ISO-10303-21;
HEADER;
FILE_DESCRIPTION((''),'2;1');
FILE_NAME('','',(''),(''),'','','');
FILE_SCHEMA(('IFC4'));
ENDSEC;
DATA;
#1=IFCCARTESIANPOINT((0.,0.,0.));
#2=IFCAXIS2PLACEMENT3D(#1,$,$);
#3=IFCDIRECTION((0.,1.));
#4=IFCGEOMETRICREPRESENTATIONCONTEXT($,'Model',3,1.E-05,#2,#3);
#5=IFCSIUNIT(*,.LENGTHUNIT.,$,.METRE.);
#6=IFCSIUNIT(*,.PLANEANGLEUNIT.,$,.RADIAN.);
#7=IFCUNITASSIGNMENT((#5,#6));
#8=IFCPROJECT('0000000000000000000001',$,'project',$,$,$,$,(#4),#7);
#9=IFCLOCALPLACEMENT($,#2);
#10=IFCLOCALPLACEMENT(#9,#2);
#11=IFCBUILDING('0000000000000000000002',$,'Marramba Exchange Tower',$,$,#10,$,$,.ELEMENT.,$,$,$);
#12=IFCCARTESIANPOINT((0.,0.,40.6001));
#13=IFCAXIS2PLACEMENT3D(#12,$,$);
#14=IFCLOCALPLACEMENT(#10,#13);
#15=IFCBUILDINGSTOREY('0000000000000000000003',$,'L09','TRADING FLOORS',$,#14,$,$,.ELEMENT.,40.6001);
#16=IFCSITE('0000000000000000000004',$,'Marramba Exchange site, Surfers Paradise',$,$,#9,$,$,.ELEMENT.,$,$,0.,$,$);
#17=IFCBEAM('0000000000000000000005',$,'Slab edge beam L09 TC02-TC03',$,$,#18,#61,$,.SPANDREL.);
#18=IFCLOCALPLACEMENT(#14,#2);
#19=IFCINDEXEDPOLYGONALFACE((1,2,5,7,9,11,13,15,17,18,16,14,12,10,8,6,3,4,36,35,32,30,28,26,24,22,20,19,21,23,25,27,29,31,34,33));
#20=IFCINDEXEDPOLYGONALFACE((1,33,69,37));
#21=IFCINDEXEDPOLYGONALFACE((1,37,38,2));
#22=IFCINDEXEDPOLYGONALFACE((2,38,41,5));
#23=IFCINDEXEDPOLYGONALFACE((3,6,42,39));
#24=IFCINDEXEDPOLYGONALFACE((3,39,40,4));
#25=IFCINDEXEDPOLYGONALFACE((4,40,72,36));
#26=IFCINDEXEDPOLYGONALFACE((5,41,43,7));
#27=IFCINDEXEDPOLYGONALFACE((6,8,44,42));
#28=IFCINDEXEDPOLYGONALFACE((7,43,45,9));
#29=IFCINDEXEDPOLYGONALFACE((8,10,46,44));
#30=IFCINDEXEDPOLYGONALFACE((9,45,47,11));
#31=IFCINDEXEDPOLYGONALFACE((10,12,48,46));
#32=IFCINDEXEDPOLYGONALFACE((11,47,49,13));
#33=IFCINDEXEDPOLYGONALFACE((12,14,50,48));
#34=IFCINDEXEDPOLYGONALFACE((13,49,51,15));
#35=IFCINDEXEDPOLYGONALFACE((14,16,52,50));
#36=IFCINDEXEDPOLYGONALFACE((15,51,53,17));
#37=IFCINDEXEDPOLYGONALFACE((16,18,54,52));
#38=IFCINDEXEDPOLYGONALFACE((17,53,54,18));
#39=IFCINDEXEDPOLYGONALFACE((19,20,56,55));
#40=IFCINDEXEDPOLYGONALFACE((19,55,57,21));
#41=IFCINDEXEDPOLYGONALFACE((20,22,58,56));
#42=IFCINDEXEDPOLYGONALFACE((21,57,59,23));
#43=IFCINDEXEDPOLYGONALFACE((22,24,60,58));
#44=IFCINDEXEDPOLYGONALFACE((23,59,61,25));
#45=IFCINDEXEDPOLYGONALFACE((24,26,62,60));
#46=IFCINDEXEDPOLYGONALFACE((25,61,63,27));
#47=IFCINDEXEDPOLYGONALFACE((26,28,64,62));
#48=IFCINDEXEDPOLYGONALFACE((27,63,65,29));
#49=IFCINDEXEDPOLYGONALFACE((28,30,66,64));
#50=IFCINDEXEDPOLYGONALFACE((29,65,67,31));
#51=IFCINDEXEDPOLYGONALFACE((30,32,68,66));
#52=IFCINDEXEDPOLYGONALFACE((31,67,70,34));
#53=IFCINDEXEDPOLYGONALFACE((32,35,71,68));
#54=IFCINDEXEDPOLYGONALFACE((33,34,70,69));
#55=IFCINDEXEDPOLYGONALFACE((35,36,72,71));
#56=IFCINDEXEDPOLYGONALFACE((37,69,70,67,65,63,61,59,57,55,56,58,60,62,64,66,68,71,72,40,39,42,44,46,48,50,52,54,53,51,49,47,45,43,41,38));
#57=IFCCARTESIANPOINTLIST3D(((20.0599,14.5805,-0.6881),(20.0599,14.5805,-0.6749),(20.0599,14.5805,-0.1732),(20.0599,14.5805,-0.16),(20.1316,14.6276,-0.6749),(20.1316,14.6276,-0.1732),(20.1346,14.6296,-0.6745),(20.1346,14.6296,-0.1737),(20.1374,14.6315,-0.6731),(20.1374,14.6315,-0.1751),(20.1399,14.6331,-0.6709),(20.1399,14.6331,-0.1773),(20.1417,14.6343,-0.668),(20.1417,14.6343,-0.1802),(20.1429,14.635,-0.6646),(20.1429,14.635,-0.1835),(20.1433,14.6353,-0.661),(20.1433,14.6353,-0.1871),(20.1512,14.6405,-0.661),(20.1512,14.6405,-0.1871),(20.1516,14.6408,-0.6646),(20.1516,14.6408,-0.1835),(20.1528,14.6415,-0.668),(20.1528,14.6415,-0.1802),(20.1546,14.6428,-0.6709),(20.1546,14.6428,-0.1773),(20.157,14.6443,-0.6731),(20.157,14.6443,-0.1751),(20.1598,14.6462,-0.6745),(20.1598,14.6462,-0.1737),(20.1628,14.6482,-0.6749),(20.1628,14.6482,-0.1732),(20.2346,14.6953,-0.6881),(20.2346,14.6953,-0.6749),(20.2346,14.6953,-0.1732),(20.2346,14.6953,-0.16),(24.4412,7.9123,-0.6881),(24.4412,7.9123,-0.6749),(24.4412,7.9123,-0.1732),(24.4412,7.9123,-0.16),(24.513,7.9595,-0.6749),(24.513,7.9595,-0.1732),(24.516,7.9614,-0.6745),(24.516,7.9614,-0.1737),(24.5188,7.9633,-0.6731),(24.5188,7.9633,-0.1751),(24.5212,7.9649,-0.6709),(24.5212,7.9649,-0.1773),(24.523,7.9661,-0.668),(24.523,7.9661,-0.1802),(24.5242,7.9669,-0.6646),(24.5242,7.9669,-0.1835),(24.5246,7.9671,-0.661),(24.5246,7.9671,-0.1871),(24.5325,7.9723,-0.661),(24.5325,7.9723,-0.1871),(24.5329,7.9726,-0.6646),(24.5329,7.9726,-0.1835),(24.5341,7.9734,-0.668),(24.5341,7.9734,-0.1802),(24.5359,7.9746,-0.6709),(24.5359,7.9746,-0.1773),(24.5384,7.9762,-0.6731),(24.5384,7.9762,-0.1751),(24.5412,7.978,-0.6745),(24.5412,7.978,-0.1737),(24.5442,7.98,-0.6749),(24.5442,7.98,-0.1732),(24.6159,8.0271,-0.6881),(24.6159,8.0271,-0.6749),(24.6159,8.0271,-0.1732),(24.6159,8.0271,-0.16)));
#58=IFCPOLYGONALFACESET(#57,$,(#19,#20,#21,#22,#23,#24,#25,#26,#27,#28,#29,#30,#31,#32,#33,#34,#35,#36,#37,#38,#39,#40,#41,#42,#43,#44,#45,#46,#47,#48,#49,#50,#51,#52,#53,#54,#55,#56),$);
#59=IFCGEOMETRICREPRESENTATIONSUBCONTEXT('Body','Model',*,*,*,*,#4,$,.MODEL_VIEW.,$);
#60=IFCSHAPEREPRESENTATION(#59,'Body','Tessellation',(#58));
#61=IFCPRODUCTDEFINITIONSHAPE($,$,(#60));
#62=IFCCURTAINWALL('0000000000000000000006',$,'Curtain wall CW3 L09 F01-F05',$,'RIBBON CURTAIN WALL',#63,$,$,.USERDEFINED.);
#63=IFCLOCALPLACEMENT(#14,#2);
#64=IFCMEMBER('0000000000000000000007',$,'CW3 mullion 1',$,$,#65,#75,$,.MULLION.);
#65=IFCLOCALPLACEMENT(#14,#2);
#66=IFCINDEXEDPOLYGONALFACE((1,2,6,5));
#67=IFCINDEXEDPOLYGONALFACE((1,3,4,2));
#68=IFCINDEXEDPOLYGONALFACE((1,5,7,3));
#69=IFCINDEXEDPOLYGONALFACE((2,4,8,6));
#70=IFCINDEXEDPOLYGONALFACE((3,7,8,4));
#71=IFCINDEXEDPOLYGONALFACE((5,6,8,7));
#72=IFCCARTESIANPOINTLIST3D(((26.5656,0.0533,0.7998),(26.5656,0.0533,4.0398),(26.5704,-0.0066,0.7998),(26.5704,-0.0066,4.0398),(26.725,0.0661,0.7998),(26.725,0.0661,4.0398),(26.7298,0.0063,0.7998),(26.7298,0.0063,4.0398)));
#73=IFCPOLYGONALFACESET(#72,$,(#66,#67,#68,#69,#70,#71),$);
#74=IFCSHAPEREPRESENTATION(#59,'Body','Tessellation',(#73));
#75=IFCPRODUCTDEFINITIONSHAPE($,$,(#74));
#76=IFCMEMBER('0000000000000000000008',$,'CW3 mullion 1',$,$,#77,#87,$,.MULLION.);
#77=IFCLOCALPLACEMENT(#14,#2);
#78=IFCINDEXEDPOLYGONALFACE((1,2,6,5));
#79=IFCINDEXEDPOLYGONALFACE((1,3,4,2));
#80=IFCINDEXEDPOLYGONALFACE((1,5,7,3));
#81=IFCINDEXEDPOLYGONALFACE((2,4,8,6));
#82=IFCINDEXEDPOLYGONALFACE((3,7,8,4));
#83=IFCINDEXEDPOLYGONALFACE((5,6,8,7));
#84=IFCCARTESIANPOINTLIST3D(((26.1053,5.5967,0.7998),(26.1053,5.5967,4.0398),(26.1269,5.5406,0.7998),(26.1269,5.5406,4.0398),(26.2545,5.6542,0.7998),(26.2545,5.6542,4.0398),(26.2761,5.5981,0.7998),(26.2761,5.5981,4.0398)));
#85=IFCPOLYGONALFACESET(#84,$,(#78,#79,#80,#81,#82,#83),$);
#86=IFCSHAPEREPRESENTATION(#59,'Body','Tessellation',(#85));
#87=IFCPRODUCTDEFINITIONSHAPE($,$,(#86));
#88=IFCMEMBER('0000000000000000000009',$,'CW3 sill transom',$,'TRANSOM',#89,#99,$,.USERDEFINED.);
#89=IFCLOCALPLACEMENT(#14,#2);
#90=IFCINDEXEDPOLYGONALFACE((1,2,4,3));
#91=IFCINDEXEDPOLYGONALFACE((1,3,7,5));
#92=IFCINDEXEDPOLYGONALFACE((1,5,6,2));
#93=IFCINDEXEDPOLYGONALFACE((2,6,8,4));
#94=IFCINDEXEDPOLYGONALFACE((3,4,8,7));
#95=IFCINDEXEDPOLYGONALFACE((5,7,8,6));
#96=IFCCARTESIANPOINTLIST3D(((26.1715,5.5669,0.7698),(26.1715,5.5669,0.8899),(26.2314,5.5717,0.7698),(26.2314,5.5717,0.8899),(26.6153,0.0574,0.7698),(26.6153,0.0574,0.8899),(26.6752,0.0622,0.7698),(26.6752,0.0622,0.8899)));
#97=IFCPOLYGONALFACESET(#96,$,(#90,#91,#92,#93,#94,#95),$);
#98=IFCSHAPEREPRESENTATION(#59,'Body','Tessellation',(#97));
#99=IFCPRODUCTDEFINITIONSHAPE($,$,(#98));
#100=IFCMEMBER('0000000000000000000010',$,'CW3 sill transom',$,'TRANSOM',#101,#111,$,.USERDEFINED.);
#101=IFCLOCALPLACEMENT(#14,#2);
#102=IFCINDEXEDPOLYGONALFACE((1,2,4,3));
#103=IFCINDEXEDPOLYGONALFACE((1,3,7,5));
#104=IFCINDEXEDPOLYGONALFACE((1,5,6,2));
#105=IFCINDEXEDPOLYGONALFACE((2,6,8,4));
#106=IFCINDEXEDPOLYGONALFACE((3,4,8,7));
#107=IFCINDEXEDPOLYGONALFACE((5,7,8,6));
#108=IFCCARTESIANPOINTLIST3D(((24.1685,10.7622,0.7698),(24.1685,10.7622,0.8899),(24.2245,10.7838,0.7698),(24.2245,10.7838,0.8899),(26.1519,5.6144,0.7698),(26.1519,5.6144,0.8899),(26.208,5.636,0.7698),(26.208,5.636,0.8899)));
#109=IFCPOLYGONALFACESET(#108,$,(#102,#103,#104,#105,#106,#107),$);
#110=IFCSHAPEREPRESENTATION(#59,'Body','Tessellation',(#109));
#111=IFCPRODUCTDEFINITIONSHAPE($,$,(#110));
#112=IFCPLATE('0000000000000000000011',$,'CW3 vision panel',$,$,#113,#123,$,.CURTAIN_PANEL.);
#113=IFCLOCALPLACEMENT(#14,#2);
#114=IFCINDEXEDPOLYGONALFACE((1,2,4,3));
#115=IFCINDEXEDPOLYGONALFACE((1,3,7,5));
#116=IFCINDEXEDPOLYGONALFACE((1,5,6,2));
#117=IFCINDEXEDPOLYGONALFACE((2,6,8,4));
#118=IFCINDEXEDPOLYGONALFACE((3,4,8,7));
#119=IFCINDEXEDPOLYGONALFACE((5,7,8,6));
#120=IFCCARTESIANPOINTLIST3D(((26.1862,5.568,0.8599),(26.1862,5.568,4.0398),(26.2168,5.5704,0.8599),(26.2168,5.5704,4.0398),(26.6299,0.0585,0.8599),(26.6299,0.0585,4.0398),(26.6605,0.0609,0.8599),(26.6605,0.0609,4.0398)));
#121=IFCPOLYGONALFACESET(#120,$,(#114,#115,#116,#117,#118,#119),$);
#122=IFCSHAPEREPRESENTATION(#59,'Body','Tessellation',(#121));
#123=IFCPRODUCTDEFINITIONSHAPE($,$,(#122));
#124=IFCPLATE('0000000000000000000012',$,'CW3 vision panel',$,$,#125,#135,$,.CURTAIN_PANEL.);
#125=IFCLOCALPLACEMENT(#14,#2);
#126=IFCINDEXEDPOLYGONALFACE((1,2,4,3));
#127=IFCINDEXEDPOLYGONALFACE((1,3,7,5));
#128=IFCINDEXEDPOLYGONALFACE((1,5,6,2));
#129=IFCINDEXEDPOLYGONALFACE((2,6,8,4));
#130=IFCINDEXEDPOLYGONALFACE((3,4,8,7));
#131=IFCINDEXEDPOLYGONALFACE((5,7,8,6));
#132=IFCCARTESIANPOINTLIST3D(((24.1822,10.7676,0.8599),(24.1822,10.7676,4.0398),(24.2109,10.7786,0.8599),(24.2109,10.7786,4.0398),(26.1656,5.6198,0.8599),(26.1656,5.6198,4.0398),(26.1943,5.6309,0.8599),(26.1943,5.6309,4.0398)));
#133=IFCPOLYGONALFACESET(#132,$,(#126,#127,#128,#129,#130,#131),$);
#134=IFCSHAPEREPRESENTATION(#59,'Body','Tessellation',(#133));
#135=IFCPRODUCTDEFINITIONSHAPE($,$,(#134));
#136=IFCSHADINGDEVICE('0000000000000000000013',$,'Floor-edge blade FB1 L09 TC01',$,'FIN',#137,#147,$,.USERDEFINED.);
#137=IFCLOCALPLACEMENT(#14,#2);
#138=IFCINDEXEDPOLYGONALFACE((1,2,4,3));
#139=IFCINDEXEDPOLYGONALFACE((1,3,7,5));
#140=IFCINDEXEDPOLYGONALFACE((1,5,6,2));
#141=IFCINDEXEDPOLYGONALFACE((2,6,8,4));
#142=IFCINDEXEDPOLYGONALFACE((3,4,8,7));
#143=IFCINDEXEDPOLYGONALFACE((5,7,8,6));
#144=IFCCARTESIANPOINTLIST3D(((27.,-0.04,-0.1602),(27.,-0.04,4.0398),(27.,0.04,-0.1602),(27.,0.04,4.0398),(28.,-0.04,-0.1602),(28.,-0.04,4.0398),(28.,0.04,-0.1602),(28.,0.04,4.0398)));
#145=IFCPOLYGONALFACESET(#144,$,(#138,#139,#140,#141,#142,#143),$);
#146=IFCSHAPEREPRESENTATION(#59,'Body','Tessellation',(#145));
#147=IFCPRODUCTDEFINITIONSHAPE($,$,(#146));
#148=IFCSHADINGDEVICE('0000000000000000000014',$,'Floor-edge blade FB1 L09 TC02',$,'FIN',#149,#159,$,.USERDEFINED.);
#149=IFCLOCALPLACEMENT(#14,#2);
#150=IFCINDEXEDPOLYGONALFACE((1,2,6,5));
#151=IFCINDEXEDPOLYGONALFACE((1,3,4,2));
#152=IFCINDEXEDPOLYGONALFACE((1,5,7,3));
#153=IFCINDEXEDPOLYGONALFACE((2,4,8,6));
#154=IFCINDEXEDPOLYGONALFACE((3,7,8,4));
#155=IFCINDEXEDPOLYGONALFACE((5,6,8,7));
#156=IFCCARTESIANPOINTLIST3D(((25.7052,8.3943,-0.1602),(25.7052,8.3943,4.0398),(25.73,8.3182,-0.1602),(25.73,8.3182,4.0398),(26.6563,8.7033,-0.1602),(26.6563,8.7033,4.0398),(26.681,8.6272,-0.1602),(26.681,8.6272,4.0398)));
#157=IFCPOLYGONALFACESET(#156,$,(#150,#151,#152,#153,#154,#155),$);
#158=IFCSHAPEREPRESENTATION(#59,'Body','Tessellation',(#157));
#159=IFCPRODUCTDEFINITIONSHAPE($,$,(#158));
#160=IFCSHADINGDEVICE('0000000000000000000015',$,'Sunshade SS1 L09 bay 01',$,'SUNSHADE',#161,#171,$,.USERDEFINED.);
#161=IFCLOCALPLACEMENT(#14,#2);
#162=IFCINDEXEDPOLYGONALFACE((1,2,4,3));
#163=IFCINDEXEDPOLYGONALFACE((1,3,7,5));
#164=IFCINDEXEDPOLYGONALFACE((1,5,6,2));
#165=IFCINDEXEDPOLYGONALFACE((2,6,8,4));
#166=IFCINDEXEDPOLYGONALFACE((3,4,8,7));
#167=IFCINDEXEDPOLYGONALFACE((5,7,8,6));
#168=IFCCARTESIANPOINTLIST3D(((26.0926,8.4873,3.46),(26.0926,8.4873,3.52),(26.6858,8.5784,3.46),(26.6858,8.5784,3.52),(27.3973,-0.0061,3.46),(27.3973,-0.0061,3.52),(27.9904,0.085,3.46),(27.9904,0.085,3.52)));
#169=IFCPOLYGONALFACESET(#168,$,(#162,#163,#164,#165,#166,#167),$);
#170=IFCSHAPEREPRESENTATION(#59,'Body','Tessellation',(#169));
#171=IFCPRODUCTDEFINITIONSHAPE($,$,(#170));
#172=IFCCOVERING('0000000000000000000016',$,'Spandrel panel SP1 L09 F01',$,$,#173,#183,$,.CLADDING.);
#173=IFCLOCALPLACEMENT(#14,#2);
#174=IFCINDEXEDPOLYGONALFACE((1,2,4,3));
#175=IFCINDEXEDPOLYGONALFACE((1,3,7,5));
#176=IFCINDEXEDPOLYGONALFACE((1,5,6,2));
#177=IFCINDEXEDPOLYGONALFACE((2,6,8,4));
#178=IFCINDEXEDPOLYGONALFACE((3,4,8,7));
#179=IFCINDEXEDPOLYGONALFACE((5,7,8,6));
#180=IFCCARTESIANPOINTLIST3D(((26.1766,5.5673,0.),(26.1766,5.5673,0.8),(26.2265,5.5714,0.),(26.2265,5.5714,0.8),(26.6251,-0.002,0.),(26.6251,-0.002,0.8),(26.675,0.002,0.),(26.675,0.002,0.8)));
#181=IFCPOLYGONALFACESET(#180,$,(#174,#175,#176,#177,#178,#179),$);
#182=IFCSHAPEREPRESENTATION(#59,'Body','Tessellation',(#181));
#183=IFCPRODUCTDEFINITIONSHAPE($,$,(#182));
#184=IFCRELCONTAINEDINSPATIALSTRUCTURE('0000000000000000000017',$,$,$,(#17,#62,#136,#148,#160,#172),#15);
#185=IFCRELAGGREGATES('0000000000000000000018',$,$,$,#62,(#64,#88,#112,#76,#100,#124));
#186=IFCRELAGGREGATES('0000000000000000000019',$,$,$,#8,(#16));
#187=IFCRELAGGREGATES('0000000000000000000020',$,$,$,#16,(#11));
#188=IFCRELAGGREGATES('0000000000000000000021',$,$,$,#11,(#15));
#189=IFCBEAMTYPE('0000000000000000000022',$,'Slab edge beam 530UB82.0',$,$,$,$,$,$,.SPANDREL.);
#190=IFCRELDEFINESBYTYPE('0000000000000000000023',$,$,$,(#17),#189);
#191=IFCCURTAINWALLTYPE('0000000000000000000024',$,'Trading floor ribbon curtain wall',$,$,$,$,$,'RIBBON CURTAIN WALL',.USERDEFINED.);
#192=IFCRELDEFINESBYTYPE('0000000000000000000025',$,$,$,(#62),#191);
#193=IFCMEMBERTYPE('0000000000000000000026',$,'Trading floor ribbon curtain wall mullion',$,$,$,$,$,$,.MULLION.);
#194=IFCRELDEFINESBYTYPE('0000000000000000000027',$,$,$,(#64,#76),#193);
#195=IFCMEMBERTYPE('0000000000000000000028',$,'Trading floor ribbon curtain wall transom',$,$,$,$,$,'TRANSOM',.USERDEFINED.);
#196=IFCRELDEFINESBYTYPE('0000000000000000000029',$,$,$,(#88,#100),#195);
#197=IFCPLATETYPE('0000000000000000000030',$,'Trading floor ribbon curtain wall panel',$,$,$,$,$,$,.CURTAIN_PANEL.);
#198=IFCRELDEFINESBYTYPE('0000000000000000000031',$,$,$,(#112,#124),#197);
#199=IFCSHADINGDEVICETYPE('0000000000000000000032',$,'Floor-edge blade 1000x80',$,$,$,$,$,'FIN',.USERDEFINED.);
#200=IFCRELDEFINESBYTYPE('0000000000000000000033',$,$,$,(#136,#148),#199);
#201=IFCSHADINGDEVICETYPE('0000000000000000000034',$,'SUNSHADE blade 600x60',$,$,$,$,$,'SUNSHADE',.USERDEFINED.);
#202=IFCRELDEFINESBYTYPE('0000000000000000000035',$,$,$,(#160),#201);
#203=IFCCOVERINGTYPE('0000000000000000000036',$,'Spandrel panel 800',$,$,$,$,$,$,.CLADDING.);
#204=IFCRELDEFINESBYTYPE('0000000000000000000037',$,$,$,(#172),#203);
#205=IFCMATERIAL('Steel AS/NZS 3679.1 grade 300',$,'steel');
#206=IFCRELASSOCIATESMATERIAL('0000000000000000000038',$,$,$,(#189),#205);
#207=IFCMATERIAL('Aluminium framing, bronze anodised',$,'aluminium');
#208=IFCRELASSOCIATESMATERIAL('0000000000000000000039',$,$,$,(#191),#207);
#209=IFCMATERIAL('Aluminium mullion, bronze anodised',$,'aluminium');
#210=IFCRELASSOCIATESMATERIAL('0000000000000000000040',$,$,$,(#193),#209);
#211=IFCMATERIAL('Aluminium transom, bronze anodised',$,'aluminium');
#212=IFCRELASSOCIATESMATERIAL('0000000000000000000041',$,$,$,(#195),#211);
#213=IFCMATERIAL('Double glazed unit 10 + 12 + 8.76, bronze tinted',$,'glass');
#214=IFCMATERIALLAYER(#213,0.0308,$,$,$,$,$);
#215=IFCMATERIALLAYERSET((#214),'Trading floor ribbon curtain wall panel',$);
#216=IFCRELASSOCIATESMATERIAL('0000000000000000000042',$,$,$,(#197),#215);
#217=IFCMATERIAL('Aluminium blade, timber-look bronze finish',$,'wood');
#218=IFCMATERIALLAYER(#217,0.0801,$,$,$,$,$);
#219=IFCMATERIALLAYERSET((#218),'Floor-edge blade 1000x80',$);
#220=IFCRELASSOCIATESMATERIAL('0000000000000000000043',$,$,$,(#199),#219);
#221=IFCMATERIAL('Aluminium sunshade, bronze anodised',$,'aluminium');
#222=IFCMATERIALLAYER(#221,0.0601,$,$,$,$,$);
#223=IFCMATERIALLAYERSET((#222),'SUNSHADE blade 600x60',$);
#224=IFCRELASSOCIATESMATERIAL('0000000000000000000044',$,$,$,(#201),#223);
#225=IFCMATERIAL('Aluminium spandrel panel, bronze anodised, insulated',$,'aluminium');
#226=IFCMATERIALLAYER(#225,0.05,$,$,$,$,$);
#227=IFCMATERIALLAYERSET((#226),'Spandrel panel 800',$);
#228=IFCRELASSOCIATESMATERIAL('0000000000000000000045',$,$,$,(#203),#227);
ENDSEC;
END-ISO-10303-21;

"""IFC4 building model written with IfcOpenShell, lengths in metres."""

from ifc_helpers import new_model, si_unit, direction, frame, origin, origin_2d, place, context, subcontext, project, spatial, rectangle, i_section, extrude, material, layer, layer_set, material_profile, profile_set, type_object, element, aggregate, save


model = new_model("IFC4")

# Units and contexts
model_context = context("Model", 3, precision=1e-05, world=origin(), true_north=direction((0.0, 1.0)))
body_context = subcontext(model_context, "Body", "Model", "MODEL_VIEW")
ifc_project = project(units=[si_unit("LENGTHUNIT", "METRE"), si_unit("PLANEANGLEUNIT", "RADIAN")], contexts=[model_context])

# Site, building, storey
site_placement = place(None, origin())
site = spatial("IfcSite", under=ifc_project, at=site_placement, Name="Marramba Exchange site, Surfers Paradise", CompositionType="ELEMENT", RefElevation=0.0)
building_placement = place(site_placement, origin())
building = spatial("IfcBuilding", under=site, at=building_placement, Name="Marramba Exchange Tower", CompositionType="ELEMENT")
storey_placement = place(building_placement, frame((0.0, 0.0, 40.6001)))
storey = spatial("IfcBuildingStorey", under=building, at=storey_placement, Name="L09", Description="TRADING FLOORS", CompositionType="ELEMENT", Elevation=40.6001)

# Beam
ifc_material_1 = material(Name="Steel AS/NZS 3679.1 grade 300", Category="steel")
ifc_material_profile_1 = material_profile(ifc_material_1, i_section(OverallWidth=0.209, OverallDepth=0.5281, WebThickness=0.0095, FlangeThickness=0.0132, FilletRadius=0.0139, at=origin_2d()), Name="530UB82.0")
ifc_profile_set_1 = profile_set([ifc_material_profile_1], Name="Steel AS/NZS 3679.1 grade 300")
beam_type_1 = type_object("IfcBeamType", Name="Slab edge beam 530UB82.0", PredefinedType="SPANDREL", material=ifc_profile_set_1)
beam_1_placement = place(storey_placement, frame((24.5286, 7.9697, -0.4241), z_axis=(-0.549124, 0.835741, 0.0), x_axis=(-0.835741, -0.549124, 0.0)))
element("IfcBeam", 1, at=beam_1_placement, inside=storey, type_object=beam_type_1, Name="Slab edge beam L09 TC02-TC03", PredefinedType="SPANDREL", context=body_context, shape_type="SweptSolid", body=[
    extrude(i_section(OverallWidth=0.209, OverallDepth=0.5281, WebThickness=0.0095, FlangeThickness=0.0132, FilletRadius=0.0139, at=origin_2d()), origin(), (0.0, 0.0, 1.0), 7.9788),
])

# Curtain wall, members, plates
ifc_material_2 = material(Name="Aluminium framing, bronze anodised", Category="aluminium")
curtain_wall_type = type_object("IfcCurtainWallType", Name="Trading floor ribbon curtain wall", ElementType="RIBBON CURTAIN WALL", PredefinedType="USERDEFINED", material=ifc_material_2)
curtain_wall_placement = place(storey_placement, origin())
curtain_wall = element("IfcCurtainWall", 2, at=curtain_wall_placement, inside=storey, type_object=curtain_wall_type, Name="Curtain wall CW3 L09 F01-F05", ObjectType="RIBBON CURTAIN WALL", PredefinedType="USERDEFINED")
ifc_material_3 = material(Name="Aluminium mullion, bronze anodised", Category="aluminium")
ifc_material_profile_2 = material_profile(ifc_material_3, rectangle(XDim=0.1599, YDim=0.0601, at=origin_2d()), Name="CW3 mullion 60x160")
ifc_profile_set_2 = profile_set([ifc_material_profile_2], Name="Aluminium mullion, bronze anodised")
member_type_1 = type_object("IfcMemberType", Name="Trading floor ribbon curtain wall mullion", PredefinedType="MULLION", material=ifc_profile_set_2)
member_1_placement = place(storey_placement, frame((26.6477, 0.0298, 0.7998), z_axis=(0.0, 0.0, 1.0), x_axis=(-0.996773, -0.080275, 0.0)))
member_1 = element("IfcMember", 3, at=member_1_placement, type_object=member_type_1, Name="CW3 mullion 1", PredefinedType="MULLION", context=body_context, shape_type="SweptSolid", body=[
    extrude(rectangle(XDim=0.1599, YDim=0.0601, at=origin_2d()), origin(), (0.0, 0.0, 1.0), 3.24),
])
member_2_placement = place(storey_placement, frame((26.1907, 5.5974, 0.7998), z_axis=(0.0, 0.0, 1.0), x_axis=(-0.933135, -0.359526, 0.0)))
member_2 = element("IfcMember", 4, at=member_2_placement, type_object=member_type_1, Name="CW3 mullion 1", PredefinedType="MULLION", context=body_context, shape_type="SweptSolid", body=[
    extrude(rectangle(XDim=0.1599, YDim=0.0601, at=origin_2d()), origin(), (0.0, 0.0, 1.0), 3.24),
])
ifc_material_4 = material(Name="Aluminium transom, bronze anodised", Category="aluminium")
ifc_material_profile_3 = material_profile(ifc_material_4, rectangle(XDim=0.0601, YDim=0.1201, at=origin_2d()), Name="CW3 transom 60x120")
ifc_profile_set_3 = profile_set([ifc_material_profile_3], Name="Aluminium transom, bronze anodised")
member_type_2 = type_object("IfcMemberType", Name="Trading floor ribbon curtain wall transom", ElementType="TRANSOM", PredefinedType="USERDEFINED", material=ifc_profile_set_3)
member_3_placement = place(storey_placement, frame((26.6453, 0.0598, 0.8298), z_axis=(-0.0803, 0.996771, 0.0), x_axis=(-0.996771, -0.0803, 0.0)))
member_3 = element("IfcMember", 5, at=member_3_placement, type_object=member_type_2, Name="CW3 sill transom", ObjectType="TRANSOM", PredefinedType="USERDEFINED", context=body_context, shape_type="SweptSolid", body=[
    extrude(rectangle(XDim=0.0601, YDim=0.1201, at=origin_2d()), origin(), (0.0, 0.0, 1.0), 5.5273),
])
member_4_placement = place(storey_placement, frame((26.1799, 5.6252, 0.8298), z_axis=(-0.359534, 0.933132, 0.0), x_axis=(-0.933132, -0.359534, 0.0)))
member_4 = element("IfcMember", 6, at=member_4_placement, type_object=member_type_2, Name="CW3 sill transom", ObjectType="TRANSOM", PredefinedType="USERDEFINED", context=body_context, shape_type="SweptSolid", body=[
    extrude(rectangle(XDim=0.0601, YDim=0.1201, at=origin_2d()), origin(), (0.0, 0.0, 1.0), 5.5166),
])
ifc_material_5 = material(Name="Double glazed unit 10 + 12 + 8.76, bronze tinted", Category="glass")
ifc_layer_1 = layer(ifc_material_5, 0.0308)
ifc_layer_set_1 = layer_set([ifc_layer_1], Name="Trading floor ribbon curtain wall panel")
plate_type = type_object("IfcPlateType", Name="Trading floor ribbon curtain wall panel", PredefinedType="CURTAIN_PANEL", material=ifc_layer_set_1)
plate_1_placement = place(storey_placement, frame((26.4233, 2.8145, 0.8599), z_axis=(0.0, 0.0, 1.0), x_axis=(-0.080275, 0.996773, 0.0)))
plate_1 = element("IfcPlate", 7, at=plate_1_placement, type_object=plate_type, Name="CW3 vision panel", PredefinedType="CURTAIN_PANEL", context=body_context, shape_type="SweptSolid", body=[
    extrude(rectangle(XDim=5.5273, YDim=0.0308, at=origin_2d()), origin(), (0.0, 0.0, 1.0), 3.1799),
])
plate_2_placement = place(storey_placement, frame((25.1882, 8.1992, 0.8599), z_axis=(0.0, 0.0, 1.0), x_axis=(-0.359526, 0.933135, 0.0)))
plate_2 = element("IfcPlate", 8, at=plate_2_placement, type_object=plate_type, Name="CW3 vision panel", PredefinedType="CURTAIN_PANEL", context=body_context, shape_type="SweptSolid", body=[
    extrude(rectangle(XDim=5.5166, YDim=0.0308, at=origin_2d()), origin(), (0.0, 0.0, 1.0), 3.1799),
])
aggregate(curtain_wall, [member_1, member_3, plate_1, member_2, member_4, plate_2])

# Shading devices
ifc_material_6 = material(Name="Aluminium blade, timber-look bronze finish", Category="wood")
ifc_layer_2 = layer(ifc_material_6, 0.0801)
ifc_layer_set_2 = layer_set([ifc_layer_2], Name="Floor-edge blade 1000x80")
shading_device_type_1 = type_object("IfcShadingDeviceType", Name="Floor-edge blade 1000x80", ElementType="FIN", PredefinedType="USERDEFINED", material=ifc_layer_set_2)
for number, where, z_axis, x_axis, name in (
    (9, (27.5, 0.0, -0.1602), (0.0, 0.0, 1.0), (1.0, 0.0, 0.0), "Floor-edge blade FB1 L09 TC01"),
    (10, (26.1931, 8.5107, -0.1602), (0.0, 0.0, 1.0), (0.951057, 0.309017, 0.0), "Floor-edge blade FB1 L09 TC02"),
):
    element("IfcShadingDevice", number, at=place(storey_placement, frame(where, z_axis=z_axis, x_axis=x_axis)), inside=storey, type_object=shading_device_type_1, Name=name, ObjectType="FIN", PredefinedType="USERDEFINED", context=body_context, shape_type="SweptSolid", body=[
        extrude(rectangle(XDim=1.0, YDim=0.0801, at=origin_2d()), origin(), (0.0, 0.0, 1.0), 4.2),
    ])
ifc_material_7 = material(Name="Aluminium sunshade, bronze anodised", Category="aluminium")
ifc_layer_3 = layer(ifc_material_7, 0.0601)
ifc_layer_set_3 = layer_set([ifc_layer_3], Name="SUNSHADE blade 600x60")
shading_device_type_2 = type_object("IfcShadingDeviceType", Name="SUNSHADE blade 600x60", ElementType="SUNSHADE", PredefinedType="USERDEFINED", material=ifc_layer_set_3)
shading_device_placement = place(storey_placement, frame((27.0415, 4.2861, 3.46), z_axis=(0.0, 0.0, 1.0), x_axis=(-0.151825, 0.988407, 0.0)))
element("IfcShadingDevice", 11, at=shading_device_placement, inside=storey, type_object=shading_device_type_2, Name="Sunshade SS1 L09 bay 01", ObjectType="SUNSHADE", PredefinedType="USERDEFINED", context=body_context, shape_type="SweptSolid", body=[
    extrude(rectangle(XDim=8.593, YDim=0.6001, at=origin_2d()), origin(), (0.0, 0.0, 1.0), 0.0601),
])

# Covering
ifc_material_8 = material(Name="Aluminium spandrel panel, bronze anodised, insulated", Category="aluminium")
ifc_layer_4 = layer(ifc_material_8, 0.05)
ifc_layer_set_4 = layer_set([ifc_layer_4], Name="Spandrel panel 800")
covering_type = type_object("IfcCoveringType", Name="Spandrel panel 800", PredefinedType="CLADDING", material=ifc_layer_set_4)
covering_1_placement = place(storey_placement, frame((26.4258, 2.7847, 0.0), z_axis=(0.0, 0.0, 1.0), x_axis=(-0.080275, 0.996773, 0.0)))
element("IfcCovering", 12, at=covering_1_placement, inside=storey, type_object=covering_type, Name="Spandrel panel SP1 L09 F01", PredefinedType="CLADDING", context=body_context, shape_type="SweptSolid", body=[
    extrude(rectangle(XDim=5.5874, YDim=0.05, at=origin_2d()), origin(), (0.0, 0.0, 1.0), 0.8),
])

save(model, "model.ifc")
